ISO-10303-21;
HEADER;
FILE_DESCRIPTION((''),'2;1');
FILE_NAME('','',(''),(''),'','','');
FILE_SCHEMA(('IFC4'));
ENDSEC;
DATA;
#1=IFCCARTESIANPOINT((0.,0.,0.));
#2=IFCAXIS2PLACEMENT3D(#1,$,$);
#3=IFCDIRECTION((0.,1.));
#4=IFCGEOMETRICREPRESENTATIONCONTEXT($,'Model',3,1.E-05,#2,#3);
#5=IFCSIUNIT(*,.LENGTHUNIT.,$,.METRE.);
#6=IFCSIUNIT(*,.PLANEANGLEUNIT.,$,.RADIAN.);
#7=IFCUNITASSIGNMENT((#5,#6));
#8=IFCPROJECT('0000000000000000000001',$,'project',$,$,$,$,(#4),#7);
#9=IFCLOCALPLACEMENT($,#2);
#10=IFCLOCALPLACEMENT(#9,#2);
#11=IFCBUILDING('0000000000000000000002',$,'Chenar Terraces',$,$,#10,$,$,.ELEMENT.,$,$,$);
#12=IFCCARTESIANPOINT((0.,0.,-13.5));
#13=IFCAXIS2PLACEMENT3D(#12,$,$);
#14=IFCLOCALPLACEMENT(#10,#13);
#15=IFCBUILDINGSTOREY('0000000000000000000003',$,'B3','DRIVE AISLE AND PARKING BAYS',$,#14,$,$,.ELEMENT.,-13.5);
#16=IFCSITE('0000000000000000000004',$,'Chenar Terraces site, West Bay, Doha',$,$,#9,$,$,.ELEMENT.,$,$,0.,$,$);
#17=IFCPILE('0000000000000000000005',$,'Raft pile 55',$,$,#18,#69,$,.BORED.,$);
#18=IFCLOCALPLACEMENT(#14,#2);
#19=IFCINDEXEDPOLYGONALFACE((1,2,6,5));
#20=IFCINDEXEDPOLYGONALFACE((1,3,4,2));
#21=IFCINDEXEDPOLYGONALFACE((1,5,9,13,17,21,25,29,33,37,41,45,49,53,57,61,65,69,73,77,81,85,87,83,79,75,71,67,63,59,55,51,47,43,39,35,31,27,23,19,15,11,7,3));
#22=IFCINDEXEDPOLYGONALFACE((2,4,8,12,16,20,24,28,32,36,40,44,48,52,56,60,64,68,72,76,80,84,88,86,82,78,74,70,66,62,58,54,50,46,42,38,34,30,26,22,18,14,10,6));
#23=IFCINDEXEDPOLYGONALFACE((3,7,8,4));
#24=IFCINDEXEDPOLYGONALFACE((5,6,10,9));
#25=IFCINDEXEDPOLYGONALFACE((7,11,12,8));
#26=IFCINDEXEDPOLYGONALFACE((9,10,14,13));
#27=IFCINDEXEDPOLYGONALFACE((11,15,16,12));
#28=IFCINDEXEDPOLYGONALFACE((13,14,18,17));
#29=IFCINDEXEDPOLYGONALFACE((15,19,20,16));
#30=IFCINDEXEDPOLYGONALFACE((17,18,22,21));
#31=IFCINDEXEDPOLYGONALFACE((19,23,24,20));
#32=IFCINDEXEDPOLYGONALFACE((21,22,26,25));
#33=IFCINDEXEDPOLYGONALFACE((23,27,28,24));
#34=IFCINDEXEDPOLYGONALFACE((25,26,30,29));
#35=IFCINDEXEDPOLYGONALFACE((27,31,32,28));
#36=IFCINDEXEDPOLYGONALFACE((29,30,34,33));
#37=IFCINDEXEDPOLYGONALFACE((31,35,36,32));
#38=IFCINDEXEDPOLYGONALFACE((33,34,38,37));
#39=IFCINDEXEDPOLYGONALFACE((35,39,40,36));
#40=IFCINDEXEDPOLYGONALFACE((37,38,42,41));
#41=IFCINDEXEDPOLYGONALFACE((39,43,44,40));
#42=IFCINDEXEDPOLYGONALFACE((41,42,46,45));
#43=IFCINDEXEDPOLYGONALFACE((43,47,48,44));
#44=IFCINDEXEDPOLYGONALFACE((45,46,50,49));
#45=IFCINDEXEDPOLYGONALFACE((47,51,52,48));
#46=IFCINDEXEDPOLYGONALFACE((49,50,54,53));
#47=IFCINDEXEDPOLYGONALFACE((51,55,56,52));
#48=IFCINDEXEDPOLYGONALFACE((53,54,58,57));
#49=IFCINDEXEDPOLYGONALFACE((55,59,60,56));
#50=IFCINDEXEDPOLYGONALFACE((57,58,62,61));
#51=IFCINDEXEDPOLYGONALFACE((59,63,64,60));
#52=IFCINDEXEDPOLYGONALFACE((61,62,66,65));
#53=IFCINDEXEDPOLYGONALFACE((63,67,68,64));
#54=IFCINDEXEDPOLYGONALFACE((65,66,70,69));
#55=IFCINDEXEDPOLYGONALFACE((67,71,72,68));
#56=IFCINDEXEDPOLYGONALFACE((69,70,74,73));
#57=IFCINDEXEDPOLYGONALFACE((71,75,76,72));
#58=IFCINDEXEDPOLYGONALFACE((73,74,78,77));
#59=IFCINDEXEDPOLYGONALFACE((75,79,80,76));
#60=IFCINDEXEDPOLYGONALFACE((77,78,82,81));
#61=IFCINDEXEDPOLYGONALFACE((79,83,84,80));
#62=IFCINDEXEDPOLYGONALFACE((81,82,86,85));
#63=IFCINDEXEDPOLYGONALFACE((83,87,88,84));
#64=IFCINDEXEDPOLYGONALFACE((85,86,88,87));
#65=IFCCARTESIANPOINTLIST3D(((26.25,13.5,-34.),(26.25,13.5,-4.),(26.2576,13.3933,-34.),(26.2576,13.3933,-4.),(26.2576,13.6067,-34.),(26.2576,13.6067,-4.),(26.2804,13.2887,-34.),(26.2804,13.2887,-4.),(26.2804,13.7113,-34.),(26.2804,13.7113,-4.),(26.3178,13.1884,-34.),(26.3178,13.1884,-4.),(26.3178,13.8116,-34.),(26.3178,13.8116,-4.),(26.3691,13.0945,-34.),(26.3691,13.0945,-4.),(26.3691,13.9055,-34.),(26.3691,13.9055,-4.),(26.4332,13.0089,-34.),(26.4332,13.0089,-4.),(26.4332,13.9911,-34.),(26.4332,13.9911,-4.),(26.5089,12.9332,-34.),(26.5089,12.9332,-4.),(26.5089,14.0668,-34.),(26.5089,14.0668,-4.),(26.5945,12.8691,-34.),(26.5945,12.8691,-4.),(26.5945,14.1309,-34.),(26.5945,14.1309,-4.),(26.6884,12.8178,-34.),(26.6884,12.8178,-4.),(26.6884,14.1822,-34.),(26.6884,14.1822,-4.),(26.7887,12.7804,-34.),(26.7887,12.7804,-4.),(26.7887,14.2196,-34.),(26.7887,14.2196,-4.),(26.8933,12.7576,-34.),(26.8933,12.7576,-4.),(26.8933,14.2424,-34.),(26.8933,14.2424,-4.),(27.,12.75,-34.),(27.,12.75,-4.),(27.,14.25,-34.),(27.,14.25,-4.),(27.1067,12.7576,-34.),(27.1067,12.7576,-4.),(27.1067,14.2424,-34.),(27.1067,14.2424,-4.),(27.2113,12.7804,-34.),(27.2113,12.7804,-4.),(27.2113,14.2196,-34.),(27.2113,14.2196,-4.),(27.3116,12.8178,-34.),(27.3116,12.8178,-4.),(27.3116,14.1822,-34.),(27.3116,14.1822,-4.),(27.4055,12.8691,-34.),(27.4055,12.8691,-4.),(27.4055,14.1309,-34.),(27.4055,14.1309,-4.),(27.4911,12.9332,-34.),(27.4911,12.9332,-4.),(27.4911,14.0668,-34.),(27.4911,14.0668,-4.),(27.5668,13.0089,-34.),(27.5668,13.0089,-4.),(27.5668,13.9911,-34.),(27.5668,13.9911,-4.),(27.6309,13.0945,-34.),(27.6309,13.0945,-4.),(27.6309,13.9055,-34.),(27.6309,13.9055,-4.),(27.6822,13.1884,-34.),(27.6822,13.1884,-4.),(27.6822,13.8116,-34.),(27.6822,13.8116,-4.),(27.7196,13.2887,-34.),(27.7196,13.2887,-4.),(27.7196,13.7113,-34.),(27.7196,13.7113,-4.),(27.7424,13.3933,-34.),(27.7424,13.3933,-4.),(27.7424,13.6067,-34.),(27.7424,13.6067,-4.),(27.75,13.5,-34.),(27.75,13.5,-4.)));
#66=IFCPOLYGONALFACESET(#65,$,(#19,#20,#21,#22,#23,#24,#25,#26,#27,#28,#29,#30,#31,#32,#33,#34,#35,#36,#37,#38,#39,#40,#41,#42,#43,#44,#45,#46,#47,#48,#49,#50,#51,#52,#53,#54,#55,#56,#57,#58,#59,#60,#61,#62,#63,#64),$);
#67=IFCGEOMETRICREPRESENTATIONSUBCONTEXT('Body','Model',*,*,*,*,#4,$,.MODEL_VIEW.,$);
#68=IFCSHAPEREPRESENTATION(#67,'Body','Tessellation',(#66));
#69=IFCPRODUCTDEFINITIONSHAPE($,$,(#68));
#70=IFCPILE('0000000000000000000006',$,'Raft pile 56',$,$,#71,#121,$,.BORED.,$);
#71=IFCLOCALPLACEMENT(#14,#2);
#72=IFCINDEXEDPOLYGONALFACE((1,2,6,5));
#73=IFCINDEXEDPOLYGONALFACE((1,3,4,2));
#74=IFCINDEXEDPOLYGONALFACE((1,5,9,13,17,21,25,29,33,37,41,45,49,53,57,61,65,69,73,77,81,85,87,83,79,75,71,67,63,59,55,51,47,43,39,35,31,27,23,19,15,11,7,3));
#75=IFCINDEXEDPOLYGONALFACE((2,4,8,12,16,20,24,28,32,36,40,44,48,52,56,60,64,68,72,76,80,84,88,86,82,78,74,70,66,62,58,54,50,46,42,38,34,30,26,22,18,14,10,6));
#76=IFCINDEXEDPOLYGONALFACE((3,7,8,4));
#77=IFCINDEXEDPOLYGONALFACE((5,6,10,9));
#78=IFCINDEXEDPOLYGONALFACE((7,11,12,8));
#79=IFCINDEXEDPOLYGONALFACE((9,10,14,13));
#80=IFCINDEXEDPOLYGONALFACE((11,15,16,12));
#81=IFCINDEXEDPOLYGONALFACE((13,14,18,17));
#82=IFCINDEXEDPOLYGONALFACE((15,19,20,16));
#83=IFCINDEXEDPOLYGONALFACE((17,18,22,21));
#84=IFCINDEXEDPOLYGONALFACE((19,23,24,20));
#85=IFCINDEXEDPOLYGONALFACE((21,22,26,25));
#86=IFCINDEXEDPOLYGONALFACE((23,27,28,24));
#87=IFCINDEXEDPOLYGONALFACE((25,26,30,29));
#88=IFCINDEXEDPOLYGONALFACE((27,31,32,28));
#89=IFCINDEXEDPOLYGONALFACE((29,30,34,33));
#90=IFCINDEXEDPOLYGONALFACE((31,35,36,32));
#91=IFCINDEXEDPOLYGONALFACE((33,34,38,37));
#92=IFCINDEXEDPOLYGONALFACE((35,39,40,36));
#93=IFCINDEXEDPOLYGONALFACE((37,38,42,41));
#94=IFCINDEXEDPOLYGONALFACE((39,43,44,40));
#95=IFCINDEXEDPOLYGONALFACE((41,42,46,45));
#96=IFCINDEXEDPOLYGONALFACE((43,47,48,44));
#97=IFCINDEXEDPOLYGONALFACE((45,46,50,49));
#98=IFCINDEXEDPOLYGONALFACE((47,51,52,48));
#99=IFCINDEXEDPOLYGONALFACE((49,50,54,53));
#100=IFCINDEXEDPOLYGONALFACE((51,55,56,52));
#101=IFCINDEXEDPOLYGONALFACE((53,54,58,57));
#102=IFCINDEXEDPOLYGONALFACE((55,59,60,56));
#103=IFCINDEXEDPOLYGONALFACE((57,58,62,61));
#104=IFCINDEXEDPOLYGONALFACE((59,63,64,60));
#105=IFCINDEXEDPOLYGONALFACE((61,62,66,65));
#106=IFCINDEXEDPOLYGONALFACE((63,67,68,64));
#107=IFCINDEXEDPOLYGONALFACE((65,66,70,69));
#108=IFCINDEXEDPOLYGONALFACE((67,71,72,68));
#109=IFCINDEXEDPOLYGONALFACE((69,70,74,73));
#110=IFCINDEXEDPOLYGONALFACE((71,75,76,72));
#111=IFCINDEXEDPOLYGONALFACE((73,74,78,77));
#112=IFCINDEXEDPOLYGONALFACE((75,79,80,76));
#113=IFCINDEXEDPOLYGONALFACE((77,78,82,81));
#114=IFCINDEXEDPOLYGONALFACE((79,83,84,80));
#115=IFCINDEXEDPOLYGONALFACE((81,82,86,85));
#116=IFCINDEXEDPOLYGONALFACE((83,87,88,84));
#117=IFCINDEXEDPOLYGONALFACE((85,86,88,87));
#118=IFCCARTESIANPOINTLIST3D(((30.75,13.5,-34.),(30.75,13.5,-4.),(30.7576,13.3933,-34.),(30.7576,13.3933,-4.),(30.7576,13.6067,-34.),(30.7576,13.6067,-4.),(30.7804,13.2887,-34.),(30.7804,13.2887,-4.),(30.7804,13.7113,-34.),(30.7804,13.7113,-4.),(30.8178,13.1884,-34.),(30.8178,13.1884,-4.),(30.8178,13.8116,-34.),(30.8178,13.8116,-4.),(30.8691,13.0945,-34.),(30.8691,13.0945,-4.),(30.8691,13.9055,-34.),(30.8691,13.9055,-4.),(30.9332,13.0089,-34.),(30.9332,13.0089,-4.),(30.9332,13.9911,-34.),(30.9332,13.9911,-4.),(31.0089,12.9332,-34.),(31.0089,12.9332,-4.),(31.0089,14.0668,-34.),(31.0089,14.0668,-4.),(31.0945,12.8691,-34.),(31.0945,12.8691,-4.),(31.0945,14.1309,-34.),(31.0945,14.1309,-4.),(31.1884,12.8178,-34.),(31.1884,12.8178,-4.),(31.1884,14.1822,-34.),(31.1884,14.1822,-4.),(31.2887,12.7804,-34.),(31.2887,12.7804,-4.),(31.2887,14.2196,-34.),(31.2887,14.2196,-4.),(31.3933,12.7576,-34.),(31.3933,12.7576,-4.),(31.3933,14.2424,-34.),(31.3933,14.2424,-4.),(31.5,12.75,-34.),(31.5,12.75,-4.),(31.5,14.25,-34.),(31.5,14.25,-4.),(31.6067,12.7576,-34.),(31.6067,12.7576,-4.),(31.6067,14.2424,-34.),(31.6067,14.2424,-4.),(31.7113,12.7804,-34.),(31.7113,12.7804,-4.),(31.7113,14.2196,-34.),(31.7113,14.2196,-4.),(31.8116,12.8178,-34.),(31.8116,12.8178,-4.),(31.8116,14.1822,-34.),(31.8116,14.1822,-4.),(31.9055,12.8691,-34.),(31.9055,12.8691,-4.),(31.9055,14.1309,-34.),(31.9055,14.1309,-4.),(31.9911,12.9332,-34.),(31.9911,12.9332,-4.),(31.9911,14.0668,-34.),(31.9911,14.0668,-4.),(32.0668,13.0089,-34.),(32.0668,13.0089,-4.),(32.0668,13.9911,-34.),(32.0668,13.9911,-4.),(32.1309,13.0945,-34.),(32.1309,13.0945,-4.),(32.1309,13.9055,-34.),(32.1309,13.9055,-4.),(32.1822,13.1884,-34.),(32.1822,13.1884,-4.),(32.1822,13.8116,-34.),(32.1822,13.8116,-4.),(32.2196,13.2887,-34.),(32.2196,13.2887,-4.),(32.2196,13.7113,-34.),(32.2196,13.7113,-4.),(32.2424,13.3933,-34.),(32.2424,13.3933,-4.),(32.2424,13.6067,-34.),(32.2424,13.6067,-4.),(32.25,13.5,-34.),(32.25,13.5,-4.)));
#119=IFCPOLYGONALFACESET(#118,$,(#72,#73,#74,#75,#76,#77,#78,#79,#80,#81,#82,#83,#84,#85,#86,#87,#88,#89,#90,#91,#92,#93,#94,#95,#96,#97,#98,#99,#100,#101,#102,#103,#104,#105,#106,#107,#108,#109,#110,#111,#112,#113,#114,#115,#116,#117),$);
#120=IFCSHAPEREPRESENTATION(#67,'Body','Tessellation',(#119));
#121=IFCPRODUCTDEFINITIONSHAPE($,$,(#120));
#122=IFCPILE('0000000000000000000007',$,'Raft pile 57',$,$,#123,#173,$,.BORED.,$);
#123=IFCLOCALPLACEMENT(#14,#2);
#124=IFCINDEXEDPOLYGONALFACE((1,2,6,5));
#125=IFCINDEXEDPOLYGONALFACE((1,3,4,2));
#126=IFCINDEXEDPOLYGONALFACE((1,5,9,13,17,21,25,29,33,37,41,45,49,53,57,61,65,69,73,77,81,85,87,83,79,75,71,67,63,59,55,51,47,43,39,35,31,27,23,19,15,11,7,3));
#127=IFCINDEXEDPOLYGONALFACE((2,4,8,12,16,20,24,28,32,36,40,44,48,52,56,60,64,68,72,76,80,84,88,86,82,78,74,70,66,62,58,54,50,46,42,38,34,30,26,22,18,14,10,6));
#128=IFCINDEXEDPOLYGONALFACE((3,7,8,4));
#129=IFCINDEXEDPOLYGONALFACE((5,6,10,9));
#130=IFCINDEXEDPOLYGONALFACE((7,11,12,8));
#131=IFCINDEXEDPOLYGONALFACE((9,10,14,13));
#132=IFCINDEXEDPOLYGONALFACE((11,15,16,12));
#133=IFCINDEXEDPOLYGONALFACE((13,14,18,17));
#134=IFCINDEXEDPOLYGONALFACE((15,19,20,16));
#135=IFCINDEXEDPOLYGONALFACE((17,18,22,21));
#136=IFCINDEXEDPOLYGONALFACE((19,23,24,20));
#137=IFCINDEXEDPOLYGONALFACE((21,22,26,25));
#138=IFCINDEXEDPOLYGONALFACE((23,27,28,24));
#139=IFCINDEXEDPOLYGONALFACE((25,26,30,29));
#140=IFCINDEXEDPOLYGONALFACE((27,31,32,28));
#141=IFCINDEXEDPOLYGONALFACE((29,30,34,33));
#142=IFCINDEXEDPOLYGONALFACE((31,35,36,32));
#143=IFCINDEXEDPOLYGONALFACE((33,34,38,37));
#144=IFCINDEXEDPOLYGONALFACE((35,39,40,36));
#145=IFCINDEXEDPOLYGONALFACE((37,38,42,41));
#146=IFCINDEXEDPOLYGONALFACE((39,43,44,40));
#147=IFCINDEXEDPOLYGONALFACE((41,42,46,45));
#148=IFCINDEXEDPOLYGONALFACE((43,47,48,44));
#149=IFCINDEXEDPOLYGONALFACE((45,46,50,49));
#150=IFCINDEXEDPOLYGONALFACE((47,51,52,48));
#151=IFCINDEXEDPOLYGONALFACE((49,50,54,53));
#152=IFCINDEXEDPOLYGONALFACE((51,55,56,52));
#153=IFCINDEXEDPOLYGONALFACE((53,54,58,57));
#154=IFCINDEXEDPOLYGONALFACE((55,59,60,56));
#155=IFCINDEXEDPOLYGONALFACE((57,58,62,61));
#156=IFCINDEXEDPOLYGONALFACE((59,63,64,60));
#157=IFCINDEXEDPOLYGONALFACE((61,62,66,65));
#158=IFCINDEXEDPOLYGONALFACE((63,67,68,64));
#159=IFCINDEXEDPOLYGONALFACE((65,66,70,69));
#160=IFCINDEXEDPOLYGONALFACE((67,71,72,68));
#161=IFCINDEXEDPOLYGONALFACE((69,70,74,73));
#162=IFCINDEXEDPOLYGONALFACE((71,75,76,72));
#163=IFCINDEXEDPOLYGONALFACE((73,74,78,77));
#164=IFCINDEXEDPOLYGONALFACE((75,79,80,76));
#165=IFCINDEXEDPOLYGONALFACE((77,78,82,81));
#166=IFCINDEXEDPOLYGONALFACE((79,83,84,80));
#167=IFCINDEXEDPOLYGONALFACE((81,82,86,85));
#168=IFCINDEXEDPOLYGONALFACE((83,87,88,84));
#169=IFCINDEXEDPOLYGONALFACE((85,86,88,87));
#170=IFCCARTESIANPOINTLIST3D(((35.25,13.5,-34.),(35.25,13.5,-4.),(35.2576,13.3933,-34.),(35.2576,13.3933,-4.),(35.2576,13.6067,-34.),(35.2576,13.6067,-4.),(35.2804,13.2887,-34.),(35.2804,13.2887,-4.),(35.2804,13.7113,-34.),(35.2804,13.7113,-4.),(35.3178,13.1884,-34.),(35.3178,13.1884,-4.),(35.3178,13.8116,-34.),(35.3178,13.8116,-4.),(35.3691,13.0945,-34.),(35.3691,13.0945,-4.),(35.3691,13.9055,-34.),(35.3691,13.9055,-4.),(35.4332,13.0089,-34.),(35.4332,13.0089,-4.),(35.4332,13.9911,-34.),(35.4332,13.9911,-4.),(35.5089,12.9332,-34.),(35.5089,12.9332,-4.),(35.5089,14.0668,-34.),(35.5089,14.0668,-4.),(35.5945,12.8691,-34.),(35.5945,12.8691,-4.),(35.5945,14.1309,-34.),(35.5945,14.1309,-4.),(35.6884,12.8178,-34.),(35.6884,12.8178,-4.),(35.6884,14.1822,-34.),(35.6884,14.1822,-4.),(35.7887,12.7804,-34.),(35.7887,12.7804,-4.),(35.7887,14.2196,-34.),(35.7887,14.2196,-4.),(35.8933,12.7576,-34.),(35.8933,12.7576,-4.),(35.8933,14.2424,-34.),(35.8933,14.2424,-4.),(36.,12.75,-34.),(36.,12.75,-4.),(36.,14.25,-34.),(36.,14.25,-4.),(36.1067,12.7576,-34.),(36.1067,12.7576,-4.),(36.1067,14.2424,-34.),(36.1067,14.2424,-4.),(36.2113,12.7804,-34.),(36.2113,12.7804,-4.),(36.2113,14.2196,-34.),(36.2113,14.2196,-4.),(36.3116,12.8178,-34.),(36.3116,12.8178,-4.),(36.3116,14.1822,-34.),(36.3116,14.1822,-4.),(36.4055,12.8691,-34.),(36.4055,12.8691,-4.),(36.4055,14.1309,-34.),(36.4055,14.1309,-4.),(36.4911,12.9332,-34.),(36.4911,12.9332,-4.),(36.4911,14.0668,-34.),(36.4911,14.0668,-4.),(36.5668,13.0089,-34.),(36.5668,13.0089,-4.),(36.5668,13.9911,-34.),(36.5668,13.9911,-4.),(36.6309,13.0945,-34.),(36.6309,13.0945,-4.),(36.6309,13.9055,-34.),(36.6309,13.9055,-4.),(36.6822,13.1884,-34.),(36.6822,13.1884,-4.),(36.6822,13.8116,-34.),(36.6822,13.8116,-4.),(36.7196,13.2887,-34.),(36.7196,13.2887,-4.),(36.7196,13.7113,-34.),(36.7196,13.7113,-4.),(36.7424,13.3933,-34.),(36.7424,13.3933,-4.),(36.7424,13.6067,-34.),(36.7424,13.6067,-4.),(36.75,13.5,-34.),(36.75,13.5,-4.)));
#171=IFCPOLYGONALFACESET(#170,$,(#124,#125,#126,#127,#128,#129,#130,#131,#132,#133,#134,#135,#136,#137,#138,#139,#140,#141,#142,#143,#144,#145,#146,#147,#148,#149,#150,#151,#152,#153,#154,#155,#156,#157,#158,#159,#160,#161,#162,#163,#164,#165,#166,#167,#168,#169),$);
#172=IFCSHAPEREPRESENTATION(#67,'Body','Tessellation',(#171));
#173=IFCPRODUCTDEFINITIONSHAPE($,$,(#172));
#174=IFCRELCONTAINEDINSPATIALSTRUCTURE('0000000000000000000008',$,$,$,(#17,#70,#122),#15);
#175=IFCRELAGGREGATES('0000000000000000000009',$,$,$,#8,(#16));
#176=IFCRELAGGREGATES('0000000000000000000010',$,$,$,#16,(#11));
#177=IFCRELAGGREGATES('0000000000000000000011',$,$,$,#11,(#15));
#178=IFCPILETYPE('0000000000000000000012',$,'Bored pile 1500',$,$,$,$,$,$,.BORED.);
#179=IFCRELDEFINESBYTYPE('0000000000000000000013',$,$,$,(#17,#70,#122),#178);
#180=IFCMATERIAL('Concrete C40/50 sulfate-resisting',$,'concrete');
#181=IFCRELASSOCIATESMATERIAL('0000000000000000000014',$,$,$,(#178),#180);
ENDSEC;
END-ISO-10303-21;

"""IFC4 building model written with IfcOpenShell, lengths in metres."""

from ifc_helpers import new_model, si_unit, direction, frame, origin, origin_2d, place, context, subcontext, project, spatial, circle, extrude, material, material_profile, profile_set, type_object, element, save


model = new_model("IFC4")

# Units and contexts
model_context = context("Model", 3, precision=1e-05, world=origin(), true_north=direction((0.0, 1.0)))
body_context = subcontext(model_context, "Body", "Model", "MODEL_VIEW")
ifc_project = project(units=[si_unit("LENGTHUNIT", "METRE"), si_unit("PLANEANGLEUNIT", "RADIAN")], contexts=[model_context])

# Site, building, storey
site_placement = place(None, origin())
site = spatial("IfcSite", under=ifc_project, at=site_placement, Name="Chenar Terraces site, West Bay, Doha", CompositionType="ELEMENT", RefElevation=0.0)
building_placement = place(site_placement, origin())
building = spatial("IfcBuilding", under=site, at=building_placement, Name="Chenar Terraces", CompositionType="ELEMENT")
storey_placement = place(building_placement, frame((0.0, 0.0, -13.5)))
storey = spatial("IfcBuildingStorey", under=building, at=storey_placement, Name="B3", Description="DRIVE AISLE AND PARKING BAYS", CompositionType="ELEMENT", Elevation=-13.5)

# Piles
ifc_material_1 = material(Name="Concrete C40/50 sulfate-resisting", Category="concrete")
ifc_material_profile_1 = material_profile(ifc_material_1, circle(Radius=0.75, at=origin_2d()), Name="BP 1500")
ifc_profile_set_1 = profile_set([ifc_material_profile_1], Name="Concrete C40/50 sulfate-resisting")
pile_type = type_object("IfcPileType", Name="Bored pile 1500", PredefinedType="BORED", material=ifc_profile_set_1)
for number, where, z_axis, x_axis, name in (
    (1, (27.0, 13.5, -4.0), (0.0, 0.0, -1.0), (1.0, 0.0, 0.0), "Raft pile 55"),
    (2, (31.5, 13.5, -4.0), (0.0, 0.0, -1.0), (1.0, 0.0, 0.0), "Raft pile 56"),
    (3, (36.0, 13.5, -4.0), (0.0, 0.0, -1.0), (1.0, 0.0, 0.0), "Raft pile 57"),
):
    element("IfcPile", number, at=place(storey_placement, frame(where, z_axis=z_axis, x_axis=x_axis)), inside=storey, type_object=pile_type, Name=name, PredefinedType="BORED", context=body_context, shape_type="SweptSolid", body=[
        extrude(circle(Radius=0.75, at=origin_2d()), origin(), (0.0, 0.0, 1.0), 30.0),
    ])

save(model, "model.ifc")
